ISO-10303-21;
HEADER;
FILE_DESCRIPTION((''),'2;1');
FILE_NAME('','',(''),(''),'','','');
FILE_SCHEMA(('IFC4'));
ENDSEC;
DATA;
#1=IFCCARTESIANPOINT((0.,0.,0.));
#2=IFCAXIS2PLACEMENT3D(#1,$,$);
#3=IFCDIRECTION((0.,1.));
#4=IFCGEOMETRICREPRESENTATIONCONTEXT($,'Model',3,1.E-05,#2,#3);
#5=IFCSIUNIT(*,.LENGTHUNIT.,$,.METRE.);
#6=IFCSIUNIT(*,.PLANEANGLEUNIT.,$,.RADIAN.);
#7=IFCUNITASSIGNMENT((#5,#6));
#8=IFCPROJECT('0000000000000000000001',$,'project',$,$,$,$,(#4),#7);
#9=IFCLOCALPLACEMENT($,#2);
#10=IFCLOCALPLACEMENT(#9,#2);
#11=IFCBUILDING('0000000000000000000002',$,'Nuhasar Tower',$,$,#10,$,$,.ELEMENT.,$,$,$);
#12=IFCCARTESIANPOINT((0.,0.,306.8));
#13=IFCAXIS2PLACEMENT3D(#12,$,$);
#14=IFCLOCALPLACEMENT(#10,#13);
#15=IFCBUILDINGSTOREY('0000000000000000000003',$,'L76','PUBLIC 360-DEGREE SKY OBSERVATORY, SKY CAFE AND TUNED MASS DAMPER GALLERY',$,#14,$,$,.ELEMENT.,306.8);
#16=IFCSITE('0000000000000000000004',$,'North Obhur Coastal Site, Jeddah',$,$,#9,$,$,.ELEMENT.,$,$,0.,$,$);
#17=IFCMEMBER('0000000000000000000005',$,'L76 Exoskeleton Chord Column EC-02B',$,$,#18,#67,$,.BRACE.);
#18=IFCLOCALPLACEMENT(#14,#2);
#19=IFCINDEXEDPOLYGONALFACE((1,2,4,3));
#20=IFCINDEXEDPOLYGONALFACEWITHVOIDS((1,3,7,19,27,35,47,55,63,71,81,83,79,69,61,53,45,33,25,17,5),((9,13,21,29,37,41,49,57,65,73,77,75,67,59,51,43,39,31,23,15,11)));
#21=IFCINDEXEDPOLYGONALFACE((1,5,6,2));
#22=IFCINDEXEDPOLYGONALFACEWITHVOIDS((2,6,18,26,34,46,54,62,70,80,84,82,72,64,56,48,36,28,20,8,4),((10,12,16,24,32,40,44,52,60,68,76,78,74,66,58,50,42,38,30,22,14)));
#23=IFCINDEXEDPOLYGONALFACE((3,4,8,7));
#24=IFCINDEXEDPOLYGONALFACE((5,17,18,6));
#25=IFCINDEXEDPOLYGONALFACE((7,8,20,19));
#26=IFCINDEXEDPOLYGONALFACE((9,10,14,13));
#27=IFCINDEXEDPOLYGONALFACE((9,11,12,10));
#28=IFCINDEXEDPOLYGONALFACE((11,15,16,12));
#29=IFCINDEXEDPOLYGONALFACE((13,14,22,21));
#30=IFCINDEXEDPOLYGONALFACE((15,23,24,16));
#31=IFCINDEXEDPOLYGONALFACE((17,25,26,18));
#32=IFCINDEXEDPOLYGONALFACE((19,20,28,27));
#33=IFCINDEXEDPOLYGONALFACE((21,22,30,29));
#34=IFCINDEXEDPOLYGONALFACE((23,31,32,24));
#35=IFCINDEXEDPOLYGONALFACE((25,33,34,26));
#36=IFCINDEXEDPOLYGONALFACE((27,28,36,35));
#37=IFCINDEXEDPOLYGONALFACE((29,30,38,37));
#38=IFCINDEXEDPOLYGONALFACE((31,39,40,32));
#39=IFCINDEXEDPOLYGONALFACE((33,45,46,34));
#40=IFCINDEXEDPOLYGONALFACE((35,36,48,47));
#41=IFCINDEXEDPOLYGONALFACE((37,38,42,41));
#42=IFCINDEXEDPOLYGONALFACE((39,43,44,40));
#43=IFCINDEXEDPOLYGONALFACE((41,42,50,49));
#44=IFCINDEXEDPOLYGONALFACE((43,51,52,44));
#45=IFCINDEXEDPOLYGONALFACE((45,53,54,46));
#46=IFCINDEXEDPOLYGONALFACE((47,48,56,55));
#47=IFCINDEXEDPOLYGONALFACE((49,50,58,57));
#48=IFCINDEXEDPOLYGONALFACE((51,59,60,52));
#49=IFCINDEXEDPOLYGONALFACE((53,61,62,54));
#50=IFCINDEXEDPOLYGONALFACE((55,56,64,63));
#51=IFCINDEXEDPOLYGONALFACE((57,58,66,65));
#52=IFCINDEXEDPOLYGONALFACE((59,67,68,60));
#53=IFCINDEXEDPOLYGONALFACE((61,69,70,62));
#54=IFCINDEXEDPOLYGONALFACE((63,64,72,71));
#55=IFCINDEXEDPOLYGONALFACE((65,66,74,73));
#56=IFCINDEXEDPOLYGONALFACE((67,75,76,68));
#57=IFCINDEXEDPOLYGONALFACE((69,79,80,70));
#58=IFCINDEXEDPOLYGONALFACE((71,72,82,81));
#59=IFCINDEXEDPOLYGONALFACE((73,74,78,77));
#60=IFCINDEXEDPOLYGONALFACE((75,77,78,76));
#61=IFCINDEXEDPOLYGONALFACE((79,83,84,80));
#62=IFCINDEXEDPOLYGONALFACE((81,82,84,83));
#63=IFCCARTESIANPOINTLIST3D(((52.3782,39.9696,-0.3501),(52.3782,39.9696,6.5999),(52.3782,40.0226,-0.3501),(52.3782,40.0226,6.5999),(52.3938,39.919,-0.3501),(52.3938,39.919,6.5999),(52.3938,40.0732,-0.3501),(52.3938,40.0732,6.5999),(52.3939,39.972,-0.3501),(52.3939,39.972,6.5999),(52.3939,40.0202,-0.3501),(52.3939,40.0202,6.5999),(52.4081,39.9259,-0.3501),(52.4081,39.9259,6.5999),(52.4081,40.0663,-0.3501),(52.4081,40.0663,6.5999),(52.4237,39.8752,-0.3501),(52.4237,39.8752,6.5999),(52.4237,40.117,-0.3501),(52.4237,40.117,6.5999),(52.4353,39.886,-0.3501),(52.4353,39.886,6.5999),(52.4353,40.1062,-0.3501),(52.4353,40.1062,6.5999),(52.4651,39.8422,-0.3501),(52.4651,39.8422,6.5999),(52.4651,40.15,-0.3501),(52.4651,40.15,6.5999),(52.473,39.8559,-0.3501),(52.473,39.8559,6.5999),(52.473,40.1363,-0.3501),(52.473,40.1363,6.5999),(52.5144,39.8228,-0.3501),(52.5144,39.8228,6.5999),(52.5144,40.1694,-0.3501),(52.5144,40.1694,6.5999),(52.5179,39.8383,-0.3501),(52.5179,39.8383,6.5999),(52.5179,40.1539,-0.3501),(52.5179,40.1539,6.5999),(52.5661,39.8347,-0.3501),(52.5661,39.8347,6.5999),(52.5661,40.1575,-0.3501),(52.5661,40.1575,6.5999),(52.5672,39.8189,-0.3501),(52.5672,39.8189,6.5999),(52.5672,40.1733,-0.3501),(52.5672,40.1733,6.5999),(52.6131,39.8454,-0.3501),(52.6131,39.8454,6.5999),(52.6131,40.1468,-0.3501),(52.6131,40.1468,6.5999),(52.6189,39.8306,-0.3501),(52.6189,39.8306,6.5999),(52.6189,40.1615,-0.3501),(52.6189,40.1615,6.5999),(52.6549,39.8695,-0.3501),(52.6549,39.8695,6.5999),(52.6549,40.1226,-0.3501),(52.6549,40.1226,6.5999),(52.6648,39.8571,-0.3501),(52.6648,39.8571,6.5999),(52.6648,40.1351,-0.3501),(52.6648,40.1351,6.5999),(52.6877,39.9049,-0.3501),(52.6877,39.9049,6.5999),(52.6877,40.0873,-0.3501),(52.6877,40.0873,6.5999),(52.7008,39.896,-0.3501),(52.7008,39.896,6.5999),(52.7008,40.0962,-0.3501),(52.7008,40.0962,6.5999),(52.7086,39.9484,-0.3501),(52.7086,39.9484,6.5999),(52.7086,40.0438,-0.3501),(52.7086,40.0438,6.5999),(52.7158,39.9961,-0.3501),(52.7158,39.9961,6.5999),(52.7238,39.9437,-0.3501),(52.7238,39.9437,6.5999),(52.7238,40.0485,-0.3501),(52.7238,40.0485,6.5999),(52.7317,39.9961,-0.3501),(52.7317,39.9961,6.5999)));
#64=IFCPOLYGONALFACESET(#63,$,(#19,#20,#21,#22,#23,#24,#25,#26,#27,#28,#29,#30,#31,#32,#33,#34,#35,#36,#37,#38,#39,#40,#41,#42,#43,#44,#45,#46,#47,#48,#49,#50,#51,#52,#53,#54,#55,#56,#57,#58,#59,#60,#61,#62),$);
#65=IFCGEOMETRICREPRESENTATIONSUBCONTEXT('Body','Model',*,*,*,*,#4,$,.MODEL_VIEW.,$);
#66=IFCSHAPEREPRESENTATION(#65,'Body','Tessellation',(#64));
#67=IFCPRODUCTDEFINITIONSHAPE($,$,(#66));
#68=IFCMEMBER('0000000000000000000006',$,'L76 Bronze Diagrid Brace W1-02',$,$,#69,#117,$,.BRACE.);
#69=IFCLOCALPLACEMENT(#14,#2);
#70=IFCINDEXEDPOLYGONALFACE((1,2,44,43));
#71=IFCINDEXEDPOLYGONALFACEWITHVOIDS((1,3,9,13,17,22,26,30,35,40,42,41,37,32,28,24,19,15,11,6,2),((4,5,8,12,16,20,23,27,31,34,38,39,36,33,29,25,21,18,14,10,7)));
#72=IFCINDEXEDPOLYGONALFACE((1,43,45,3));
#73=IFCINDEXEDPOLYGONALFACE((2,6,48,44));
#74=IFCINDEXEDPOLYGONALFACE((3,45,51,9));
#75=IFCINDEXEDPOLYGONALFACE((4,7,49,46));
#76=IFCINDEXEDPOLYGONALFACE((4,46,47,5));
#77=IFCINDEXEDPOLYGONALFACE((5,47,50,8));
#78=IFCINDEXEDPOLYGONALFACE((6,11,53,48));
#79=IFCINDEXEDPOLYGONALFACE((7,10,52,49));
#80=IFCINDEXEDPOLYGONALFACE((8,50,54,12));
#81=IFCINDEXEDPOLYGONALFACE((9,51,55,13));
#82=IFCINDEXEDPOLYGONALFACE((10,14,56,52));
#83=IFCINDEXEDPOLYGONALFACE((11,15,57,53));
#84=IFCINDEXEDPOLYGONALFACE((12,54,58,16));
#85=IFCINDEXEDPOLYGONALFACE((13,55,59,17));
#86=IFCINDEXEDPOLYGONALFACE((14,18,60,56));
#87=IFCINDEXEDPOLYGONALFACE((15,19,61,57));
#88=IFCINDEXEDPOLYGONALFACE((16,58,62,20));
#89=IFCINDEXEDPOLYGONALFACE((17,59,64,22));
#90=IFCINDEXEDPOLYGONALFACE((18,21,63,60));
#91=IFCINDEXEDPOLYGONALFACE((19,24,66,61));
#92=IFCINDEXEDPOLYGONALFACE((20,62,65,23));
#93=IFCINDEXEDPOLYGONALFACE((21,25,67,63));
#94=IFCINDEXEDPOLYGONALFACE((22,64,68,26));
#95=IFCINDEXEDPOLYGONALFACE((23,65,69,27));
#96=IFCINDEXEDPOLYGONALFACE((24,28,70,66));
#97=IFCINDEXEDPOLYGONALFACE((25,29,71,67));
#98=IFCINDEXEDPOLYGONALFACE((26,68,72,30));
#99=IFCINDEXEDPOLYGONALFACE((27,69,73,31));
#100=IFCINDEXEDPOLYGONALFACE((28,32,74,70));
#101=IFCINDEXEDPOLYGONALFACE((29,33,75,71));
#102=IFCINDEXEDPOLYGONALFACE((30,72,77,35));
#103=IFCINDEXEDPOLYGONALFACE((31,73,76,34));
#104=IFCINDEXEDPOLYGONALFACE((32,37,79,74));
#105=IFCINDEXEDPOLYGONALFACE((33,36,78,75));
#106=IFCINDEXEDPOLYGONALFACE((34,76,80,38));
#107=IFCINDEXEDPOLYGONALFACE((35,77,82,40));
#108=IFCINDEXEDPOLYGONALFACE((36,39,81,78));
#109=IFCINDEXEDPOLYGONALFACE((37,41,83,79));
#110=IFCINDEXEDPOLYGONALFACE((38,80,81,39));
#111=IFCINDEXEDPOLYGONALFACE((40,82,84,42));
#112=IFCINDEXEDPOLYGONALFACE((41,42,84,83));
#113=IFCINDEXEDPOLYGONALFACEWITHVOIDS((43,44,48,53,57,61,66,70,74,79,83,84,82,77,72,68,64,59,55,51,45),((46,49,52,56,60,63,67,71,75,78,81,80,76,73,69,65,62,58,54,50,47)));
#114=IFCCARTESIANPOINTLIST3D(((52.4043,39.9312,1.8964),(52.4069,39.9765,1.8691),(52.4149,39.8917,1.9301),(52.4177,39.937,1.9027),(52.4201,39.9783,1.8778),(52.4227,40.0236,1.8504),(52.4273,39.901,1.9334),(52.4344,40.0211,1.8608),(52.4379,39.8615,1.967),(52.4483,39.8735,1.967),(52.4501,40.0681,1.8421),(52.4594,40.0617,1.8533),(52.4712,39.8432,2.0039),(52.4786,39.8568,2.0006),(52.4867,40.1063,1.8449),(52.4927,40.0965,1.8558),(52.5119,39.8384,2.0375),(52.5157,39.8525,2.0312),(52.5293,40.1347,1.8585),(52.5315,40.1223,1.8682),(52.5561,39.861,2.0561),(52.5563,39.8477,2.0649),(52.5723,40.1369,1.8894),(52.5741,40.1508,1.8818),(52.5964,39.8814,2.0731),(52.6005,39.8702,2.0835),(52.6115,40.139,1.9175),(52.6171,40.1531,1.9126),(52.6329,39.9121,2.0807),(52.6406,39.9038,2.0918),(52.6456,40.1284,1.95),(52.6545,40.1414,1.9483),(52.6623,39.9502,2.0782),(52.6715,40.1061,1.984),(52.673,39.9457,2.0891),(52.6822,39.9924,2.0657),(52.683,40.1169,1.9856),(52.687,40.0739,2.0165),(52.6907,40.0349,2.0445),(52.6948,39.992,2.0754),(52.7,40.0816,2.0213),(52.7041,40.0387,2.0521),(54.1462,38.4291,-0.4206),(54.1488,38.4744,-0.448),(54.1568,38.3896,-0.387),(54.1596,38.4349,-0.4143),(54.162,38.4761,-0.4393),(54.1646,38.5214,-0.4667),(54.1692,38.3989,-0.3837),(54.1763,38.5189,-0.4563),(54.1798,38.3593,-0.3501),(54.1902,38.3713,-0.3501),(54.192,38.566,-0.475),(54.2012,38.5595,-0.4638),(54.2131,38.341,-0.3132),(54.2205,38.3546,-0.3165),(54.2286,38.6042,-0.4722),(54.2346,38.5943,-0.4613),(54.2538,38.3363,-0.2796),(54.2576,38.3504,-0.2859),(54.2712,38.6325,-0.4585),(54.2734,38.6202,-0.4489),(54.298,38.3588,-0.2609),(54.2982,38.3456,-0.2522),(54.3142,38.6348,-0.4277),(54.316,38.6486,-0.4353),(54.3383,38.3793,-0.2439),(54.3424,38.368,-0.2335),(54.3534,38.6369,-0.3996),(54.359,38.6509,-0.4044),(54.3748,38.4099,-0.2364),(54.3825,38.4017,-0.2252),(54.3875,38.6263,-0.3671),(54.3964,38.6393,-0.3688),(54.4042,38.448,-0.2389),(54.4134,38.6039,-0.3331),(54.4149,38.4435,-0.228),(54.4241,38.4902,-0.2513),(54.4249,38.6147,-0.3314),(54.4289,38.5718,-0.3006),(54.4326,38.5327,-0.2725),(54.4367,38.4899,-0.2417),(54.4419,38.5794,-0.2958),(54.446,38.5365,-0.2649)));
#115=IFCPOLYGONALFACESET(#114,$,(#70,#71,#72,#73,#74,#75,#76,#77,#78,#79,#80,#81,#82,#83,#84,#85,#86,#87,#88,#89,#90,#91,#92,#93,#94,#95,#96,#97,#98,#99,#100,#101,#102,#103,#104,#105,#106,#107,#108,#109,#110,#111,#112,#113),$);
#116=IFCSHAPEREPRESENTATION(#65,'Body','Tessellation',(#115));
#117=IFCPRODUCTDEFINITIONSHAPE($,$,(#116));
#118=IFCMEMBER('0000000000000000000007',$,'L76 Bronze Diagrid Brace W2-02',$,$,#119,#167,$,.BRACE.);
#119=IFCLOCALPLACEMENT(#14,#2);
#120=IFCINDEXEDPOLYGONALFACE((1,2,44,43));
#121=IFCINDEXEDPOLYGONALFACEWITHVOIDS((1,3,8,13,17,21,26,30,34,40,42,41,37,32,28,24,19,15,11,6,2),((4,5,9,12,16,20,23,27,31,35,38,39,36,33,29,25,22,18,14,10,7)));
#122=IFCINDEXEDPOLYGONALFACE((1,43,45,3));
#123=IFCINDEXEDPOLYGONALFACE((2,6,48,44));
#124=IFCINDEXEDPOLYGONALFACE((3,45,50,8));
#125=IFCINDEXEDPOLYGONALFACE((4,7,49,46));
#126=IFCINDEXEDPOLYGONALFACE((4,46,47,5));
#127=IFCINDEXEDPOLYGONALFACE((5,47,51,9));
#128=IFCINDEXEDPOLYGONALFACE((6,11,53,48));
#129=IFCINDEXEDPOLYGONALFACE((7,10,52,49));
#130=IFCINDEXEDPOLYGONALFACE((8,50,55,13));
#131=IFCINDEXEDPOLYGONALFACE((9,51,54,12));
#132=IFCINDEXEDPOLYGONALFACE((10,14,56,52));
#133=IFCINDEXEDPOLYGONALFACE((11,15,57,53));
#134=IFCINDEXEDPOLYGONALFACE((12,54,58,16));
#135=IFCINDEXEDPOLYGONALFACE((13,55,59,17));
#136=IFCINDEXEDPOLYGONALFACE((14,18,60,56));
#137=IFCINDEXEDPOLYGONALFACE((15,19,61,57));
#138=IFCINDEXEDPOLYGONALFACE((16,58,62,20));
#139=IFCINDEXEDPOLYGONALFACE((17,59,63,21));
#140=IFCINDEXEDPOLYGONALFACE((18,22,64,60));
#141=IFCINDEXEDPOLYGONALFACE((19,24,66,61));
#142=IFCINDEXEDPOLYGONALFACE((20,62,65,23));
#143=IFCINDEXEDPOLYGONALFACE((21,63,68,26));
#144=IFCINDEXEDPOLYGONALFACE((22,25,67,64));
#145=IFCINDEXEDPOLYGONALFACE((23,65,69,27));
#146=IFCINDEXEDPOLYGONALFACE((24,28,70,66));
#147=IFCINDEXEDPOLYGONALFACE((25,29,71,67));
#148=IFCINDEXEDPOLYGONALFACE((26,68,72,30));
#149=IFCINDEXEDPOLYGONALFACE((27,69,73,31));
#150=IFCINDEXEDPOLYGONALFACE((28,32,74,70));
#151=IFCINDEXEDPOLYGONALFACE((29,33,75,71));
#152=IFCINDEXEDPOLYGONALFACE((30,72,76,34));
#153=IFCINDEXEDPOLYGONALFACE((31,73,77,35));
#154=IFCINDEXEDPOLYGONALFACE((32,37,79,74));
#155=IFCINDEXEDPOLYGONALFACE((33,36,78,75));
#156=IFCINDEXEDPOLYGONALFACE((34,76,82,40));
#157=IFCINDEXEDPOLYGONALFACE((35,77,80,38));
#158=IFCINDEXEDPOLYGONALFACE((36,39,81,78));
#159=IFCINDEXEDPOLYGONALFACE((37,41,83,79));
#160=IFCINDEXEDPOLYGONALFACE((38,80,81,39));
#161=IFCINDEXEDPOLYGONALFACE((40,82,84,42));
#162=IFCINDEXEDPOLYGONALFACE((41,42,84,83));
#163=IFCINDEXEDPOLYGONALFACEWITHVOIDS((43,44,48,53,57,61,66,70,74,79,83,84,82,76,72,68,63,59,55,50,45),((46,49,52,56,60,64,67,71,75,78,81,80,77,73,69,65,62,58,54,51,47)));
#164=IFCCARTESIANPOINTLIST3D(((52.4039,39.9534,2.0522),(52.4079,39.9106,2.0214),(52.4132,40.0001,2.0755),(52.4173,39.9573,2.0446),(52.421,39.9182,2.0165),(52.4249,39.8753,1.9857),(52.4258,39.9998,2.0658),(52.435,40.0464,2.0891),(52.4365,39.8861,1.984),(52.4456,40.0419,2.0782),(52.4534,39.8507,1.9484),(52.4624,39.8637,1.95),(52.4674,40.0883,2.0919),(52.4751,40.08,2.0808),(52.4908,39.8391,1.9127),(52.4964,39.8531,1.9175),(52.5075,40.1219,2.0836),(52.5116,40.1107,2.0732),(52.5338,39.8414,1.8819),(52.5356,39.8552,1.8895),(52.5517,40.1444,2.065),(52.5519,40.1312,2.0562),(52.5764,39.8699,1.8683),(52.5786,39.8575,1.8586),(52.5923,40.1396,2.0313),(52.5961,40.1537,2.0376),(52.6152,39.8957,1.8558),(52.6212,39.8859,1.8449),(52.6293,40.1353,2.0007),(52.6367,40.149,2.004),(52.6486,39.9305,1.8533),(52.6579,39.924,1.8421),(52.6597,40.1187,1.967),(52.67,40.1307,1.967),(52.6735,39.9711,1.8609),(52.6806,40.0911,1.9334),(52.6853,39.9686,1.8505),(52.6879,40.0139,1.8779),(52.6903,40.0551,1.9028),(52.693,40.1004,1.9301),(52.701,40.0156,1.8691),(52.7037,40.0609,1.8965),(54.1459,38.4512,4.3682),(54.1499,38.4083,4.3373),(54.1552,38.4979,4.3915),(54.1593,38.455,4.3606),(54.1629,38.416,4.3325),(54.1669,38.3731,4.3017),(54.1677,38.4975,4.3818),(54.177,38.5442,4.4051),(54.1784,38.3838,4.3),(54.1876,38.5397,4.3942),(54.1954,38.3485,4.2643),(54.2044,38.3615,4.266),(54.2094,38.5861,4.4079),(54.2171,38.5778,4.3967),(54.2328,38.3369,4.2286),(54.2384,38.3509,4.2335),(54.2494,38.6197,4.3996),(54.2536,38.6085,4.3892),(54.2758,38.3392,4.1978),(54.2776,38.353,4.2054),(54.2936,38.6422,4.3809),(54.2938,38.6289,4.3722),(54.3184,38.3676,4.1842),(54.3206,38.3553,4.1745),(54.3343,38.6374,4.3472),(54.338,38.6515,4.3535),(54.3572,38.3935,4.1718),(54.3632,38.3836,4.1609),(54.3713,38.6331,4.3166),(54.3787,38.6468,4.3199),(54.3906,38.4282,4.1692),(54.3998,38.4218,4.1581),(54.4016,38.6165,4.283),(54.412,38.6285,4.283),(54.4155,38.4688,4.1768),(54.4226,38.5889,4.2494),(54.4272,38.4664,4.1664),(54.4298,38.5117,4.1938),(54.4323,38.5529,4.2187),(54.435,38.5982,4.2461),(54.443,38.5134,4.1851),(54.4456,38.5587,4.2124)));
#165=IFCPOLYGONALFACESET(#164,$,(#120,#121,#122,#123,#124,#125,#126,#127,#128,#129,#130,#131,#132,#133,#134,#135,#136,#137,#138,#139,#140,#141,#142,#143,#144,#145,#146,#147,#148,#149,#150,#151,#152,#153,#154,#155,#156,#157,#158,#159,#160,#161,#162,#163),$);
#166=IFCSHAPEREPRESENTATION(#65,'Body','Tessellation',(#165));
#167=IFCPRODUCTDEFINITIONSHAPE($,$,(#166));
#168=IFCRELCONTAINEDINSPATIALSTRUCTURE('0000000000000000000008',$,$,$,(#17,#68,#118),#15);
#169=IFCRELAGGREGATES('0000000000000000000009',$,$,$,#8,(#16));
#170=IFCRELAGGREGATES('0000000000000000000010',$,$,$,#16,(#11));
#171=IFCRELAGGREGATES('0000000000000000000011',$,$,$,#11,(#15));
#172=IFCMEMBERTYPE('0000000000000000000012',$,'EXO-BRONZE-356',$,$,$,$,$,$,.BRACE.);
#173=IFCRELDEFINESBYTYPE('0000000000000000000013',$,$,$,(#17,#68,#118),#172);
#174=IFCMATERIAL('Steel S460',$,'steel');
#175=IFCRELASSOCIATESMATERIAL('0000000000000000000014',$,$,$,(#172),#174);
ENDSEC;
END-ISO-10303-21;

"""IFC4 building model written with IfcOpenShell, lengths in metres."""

from ifc_helpers import new_model, si_unit, direction, frame, origin, origin_2d, place, context, subcontext, project, spatial, hollow_circle, extrude, material, material_profile, profile_set, type_object, element, save


model = new_model("IFC4")

# Units and contexts
model_context = context("Model", 3, precision=1e-05, world=origin(), true_north=direction((0.0, 1.0)))
body_context = subcontext(model_context, "Body", "Model", "MODEL_VIEW")
ifc_project = project(units=[si_unit("LENGTHUNIT", "METRE"), si_unit("PLANEANGLEUNIT", "RADIAN")], contexts=[model_context])

# Site, building, storey
site_placement = place(None, origin())
site = spatial("IfcSite", under=ifc_project, at=site_placement, Name="North Obhur Coastal Site, Jeddah", CompositionType="ELEMENT", RefElevation=0.0)
building_placement = place(site_placement, origin())
building = spatial("IfcBuilding", under=site, at=building_placement, Name="Nuhasar Tower", CompositionType="ELEMENT")
storey_placement = place(building_placement, frame((0.0, 0.0, 306.8)))
storey = spatial("IfcBuildingStorey", under=building, at=storey_placement, Name="L76", Description="PUBLIC 360-DEGREE SKY OBSERVATORY, SKY CAFE AND TUNED MASS DAMPER GALLERY", CompositionType="ELEMENT", Elevation=306.8)

# Shared definitions
ifc_material_1 = material(Name="Steel S460", Category="steel")

# Members
ifc_material_profile_1 = material_profile(ifc_material_1, hollow_circle(Radius=0.1777, WallThickness=0.0159, at=origin_2d()), Name="HSS355.6X15.9")
ifc_profile_set_1 = profile_set([ifc_material_profile_1], Name="Steel S460")
member_type_1 = type_object("IfcMemberType", Name="EXO-BRONZE-356", PredefinedType="BRACE", material=ifc_profile_set_1)
for number, where, z_axis, x_axis, name in (
    (1, (52.554, 39.9961, -0.3501), (0.0, 0.0, 1.0), (1.0, 0.0, 0.0), "L76 Exoskeleton Chord Column EC-02B"),
):
    element("IfcMember", number, at=place(storey_placement, frame(where, z_axis=z_axis, x_axis=x_axis)), inside=storey, type_object=member_type_1, Name=name, PredefinedType="BRACE", context=body_context, shape_type="SweptSolid", body=[
        extrude(hollow_circle(Radius=0.1777, WallThickness=0.0159, at=origin_2d()), origin(), (0.0, 0.0, 1.0), 6.95),
    ])
member_1_placement = place(storey_placement, frame((54.2959, 38.4939, -0.3501), z_axis=(-0.533523, 0.460094, 0.709695), x_axis=(-0.65307, -0.757298, 0.0)))
element("IfcMember", 2, at=member_1_placement, inside=storey, type_object=member_type_1, Name="L76 Bronze Diagrid Brace W1-02", PredefinedType="BRACE", context=body_context, shape_type="SweptSolid", body=[
    extrude(hollow_circle(Radius=0.1777, WallThickness=0.0159, at=origin_2d()), origin(), (0.0, 0.0, 1.0), 3.2649),
])
member_2_placement = place(storey_placement, frame((52.554, 39.9961, 1.967), z_axis=(0.533665, -0.460216, 0.709509), x_axis=(0.65307, 0.757298, 0.0)))
element("IfcMember", 3, at=member_2_placement, inside=storey, type_object=member_type_1, Name="L76 Bronze Diagrid Brace W2-02", PredefinedType="BRACE", context=body_context, shape_type="SweptSolid", body=[
    extrude(hollow_circle(Radius=0.1777, WallThickness=0.0159, at=origin_2d()), origin(), (0.0, 0.0, 1.0), 3.2642),
])

save(model, "model.ifc")
